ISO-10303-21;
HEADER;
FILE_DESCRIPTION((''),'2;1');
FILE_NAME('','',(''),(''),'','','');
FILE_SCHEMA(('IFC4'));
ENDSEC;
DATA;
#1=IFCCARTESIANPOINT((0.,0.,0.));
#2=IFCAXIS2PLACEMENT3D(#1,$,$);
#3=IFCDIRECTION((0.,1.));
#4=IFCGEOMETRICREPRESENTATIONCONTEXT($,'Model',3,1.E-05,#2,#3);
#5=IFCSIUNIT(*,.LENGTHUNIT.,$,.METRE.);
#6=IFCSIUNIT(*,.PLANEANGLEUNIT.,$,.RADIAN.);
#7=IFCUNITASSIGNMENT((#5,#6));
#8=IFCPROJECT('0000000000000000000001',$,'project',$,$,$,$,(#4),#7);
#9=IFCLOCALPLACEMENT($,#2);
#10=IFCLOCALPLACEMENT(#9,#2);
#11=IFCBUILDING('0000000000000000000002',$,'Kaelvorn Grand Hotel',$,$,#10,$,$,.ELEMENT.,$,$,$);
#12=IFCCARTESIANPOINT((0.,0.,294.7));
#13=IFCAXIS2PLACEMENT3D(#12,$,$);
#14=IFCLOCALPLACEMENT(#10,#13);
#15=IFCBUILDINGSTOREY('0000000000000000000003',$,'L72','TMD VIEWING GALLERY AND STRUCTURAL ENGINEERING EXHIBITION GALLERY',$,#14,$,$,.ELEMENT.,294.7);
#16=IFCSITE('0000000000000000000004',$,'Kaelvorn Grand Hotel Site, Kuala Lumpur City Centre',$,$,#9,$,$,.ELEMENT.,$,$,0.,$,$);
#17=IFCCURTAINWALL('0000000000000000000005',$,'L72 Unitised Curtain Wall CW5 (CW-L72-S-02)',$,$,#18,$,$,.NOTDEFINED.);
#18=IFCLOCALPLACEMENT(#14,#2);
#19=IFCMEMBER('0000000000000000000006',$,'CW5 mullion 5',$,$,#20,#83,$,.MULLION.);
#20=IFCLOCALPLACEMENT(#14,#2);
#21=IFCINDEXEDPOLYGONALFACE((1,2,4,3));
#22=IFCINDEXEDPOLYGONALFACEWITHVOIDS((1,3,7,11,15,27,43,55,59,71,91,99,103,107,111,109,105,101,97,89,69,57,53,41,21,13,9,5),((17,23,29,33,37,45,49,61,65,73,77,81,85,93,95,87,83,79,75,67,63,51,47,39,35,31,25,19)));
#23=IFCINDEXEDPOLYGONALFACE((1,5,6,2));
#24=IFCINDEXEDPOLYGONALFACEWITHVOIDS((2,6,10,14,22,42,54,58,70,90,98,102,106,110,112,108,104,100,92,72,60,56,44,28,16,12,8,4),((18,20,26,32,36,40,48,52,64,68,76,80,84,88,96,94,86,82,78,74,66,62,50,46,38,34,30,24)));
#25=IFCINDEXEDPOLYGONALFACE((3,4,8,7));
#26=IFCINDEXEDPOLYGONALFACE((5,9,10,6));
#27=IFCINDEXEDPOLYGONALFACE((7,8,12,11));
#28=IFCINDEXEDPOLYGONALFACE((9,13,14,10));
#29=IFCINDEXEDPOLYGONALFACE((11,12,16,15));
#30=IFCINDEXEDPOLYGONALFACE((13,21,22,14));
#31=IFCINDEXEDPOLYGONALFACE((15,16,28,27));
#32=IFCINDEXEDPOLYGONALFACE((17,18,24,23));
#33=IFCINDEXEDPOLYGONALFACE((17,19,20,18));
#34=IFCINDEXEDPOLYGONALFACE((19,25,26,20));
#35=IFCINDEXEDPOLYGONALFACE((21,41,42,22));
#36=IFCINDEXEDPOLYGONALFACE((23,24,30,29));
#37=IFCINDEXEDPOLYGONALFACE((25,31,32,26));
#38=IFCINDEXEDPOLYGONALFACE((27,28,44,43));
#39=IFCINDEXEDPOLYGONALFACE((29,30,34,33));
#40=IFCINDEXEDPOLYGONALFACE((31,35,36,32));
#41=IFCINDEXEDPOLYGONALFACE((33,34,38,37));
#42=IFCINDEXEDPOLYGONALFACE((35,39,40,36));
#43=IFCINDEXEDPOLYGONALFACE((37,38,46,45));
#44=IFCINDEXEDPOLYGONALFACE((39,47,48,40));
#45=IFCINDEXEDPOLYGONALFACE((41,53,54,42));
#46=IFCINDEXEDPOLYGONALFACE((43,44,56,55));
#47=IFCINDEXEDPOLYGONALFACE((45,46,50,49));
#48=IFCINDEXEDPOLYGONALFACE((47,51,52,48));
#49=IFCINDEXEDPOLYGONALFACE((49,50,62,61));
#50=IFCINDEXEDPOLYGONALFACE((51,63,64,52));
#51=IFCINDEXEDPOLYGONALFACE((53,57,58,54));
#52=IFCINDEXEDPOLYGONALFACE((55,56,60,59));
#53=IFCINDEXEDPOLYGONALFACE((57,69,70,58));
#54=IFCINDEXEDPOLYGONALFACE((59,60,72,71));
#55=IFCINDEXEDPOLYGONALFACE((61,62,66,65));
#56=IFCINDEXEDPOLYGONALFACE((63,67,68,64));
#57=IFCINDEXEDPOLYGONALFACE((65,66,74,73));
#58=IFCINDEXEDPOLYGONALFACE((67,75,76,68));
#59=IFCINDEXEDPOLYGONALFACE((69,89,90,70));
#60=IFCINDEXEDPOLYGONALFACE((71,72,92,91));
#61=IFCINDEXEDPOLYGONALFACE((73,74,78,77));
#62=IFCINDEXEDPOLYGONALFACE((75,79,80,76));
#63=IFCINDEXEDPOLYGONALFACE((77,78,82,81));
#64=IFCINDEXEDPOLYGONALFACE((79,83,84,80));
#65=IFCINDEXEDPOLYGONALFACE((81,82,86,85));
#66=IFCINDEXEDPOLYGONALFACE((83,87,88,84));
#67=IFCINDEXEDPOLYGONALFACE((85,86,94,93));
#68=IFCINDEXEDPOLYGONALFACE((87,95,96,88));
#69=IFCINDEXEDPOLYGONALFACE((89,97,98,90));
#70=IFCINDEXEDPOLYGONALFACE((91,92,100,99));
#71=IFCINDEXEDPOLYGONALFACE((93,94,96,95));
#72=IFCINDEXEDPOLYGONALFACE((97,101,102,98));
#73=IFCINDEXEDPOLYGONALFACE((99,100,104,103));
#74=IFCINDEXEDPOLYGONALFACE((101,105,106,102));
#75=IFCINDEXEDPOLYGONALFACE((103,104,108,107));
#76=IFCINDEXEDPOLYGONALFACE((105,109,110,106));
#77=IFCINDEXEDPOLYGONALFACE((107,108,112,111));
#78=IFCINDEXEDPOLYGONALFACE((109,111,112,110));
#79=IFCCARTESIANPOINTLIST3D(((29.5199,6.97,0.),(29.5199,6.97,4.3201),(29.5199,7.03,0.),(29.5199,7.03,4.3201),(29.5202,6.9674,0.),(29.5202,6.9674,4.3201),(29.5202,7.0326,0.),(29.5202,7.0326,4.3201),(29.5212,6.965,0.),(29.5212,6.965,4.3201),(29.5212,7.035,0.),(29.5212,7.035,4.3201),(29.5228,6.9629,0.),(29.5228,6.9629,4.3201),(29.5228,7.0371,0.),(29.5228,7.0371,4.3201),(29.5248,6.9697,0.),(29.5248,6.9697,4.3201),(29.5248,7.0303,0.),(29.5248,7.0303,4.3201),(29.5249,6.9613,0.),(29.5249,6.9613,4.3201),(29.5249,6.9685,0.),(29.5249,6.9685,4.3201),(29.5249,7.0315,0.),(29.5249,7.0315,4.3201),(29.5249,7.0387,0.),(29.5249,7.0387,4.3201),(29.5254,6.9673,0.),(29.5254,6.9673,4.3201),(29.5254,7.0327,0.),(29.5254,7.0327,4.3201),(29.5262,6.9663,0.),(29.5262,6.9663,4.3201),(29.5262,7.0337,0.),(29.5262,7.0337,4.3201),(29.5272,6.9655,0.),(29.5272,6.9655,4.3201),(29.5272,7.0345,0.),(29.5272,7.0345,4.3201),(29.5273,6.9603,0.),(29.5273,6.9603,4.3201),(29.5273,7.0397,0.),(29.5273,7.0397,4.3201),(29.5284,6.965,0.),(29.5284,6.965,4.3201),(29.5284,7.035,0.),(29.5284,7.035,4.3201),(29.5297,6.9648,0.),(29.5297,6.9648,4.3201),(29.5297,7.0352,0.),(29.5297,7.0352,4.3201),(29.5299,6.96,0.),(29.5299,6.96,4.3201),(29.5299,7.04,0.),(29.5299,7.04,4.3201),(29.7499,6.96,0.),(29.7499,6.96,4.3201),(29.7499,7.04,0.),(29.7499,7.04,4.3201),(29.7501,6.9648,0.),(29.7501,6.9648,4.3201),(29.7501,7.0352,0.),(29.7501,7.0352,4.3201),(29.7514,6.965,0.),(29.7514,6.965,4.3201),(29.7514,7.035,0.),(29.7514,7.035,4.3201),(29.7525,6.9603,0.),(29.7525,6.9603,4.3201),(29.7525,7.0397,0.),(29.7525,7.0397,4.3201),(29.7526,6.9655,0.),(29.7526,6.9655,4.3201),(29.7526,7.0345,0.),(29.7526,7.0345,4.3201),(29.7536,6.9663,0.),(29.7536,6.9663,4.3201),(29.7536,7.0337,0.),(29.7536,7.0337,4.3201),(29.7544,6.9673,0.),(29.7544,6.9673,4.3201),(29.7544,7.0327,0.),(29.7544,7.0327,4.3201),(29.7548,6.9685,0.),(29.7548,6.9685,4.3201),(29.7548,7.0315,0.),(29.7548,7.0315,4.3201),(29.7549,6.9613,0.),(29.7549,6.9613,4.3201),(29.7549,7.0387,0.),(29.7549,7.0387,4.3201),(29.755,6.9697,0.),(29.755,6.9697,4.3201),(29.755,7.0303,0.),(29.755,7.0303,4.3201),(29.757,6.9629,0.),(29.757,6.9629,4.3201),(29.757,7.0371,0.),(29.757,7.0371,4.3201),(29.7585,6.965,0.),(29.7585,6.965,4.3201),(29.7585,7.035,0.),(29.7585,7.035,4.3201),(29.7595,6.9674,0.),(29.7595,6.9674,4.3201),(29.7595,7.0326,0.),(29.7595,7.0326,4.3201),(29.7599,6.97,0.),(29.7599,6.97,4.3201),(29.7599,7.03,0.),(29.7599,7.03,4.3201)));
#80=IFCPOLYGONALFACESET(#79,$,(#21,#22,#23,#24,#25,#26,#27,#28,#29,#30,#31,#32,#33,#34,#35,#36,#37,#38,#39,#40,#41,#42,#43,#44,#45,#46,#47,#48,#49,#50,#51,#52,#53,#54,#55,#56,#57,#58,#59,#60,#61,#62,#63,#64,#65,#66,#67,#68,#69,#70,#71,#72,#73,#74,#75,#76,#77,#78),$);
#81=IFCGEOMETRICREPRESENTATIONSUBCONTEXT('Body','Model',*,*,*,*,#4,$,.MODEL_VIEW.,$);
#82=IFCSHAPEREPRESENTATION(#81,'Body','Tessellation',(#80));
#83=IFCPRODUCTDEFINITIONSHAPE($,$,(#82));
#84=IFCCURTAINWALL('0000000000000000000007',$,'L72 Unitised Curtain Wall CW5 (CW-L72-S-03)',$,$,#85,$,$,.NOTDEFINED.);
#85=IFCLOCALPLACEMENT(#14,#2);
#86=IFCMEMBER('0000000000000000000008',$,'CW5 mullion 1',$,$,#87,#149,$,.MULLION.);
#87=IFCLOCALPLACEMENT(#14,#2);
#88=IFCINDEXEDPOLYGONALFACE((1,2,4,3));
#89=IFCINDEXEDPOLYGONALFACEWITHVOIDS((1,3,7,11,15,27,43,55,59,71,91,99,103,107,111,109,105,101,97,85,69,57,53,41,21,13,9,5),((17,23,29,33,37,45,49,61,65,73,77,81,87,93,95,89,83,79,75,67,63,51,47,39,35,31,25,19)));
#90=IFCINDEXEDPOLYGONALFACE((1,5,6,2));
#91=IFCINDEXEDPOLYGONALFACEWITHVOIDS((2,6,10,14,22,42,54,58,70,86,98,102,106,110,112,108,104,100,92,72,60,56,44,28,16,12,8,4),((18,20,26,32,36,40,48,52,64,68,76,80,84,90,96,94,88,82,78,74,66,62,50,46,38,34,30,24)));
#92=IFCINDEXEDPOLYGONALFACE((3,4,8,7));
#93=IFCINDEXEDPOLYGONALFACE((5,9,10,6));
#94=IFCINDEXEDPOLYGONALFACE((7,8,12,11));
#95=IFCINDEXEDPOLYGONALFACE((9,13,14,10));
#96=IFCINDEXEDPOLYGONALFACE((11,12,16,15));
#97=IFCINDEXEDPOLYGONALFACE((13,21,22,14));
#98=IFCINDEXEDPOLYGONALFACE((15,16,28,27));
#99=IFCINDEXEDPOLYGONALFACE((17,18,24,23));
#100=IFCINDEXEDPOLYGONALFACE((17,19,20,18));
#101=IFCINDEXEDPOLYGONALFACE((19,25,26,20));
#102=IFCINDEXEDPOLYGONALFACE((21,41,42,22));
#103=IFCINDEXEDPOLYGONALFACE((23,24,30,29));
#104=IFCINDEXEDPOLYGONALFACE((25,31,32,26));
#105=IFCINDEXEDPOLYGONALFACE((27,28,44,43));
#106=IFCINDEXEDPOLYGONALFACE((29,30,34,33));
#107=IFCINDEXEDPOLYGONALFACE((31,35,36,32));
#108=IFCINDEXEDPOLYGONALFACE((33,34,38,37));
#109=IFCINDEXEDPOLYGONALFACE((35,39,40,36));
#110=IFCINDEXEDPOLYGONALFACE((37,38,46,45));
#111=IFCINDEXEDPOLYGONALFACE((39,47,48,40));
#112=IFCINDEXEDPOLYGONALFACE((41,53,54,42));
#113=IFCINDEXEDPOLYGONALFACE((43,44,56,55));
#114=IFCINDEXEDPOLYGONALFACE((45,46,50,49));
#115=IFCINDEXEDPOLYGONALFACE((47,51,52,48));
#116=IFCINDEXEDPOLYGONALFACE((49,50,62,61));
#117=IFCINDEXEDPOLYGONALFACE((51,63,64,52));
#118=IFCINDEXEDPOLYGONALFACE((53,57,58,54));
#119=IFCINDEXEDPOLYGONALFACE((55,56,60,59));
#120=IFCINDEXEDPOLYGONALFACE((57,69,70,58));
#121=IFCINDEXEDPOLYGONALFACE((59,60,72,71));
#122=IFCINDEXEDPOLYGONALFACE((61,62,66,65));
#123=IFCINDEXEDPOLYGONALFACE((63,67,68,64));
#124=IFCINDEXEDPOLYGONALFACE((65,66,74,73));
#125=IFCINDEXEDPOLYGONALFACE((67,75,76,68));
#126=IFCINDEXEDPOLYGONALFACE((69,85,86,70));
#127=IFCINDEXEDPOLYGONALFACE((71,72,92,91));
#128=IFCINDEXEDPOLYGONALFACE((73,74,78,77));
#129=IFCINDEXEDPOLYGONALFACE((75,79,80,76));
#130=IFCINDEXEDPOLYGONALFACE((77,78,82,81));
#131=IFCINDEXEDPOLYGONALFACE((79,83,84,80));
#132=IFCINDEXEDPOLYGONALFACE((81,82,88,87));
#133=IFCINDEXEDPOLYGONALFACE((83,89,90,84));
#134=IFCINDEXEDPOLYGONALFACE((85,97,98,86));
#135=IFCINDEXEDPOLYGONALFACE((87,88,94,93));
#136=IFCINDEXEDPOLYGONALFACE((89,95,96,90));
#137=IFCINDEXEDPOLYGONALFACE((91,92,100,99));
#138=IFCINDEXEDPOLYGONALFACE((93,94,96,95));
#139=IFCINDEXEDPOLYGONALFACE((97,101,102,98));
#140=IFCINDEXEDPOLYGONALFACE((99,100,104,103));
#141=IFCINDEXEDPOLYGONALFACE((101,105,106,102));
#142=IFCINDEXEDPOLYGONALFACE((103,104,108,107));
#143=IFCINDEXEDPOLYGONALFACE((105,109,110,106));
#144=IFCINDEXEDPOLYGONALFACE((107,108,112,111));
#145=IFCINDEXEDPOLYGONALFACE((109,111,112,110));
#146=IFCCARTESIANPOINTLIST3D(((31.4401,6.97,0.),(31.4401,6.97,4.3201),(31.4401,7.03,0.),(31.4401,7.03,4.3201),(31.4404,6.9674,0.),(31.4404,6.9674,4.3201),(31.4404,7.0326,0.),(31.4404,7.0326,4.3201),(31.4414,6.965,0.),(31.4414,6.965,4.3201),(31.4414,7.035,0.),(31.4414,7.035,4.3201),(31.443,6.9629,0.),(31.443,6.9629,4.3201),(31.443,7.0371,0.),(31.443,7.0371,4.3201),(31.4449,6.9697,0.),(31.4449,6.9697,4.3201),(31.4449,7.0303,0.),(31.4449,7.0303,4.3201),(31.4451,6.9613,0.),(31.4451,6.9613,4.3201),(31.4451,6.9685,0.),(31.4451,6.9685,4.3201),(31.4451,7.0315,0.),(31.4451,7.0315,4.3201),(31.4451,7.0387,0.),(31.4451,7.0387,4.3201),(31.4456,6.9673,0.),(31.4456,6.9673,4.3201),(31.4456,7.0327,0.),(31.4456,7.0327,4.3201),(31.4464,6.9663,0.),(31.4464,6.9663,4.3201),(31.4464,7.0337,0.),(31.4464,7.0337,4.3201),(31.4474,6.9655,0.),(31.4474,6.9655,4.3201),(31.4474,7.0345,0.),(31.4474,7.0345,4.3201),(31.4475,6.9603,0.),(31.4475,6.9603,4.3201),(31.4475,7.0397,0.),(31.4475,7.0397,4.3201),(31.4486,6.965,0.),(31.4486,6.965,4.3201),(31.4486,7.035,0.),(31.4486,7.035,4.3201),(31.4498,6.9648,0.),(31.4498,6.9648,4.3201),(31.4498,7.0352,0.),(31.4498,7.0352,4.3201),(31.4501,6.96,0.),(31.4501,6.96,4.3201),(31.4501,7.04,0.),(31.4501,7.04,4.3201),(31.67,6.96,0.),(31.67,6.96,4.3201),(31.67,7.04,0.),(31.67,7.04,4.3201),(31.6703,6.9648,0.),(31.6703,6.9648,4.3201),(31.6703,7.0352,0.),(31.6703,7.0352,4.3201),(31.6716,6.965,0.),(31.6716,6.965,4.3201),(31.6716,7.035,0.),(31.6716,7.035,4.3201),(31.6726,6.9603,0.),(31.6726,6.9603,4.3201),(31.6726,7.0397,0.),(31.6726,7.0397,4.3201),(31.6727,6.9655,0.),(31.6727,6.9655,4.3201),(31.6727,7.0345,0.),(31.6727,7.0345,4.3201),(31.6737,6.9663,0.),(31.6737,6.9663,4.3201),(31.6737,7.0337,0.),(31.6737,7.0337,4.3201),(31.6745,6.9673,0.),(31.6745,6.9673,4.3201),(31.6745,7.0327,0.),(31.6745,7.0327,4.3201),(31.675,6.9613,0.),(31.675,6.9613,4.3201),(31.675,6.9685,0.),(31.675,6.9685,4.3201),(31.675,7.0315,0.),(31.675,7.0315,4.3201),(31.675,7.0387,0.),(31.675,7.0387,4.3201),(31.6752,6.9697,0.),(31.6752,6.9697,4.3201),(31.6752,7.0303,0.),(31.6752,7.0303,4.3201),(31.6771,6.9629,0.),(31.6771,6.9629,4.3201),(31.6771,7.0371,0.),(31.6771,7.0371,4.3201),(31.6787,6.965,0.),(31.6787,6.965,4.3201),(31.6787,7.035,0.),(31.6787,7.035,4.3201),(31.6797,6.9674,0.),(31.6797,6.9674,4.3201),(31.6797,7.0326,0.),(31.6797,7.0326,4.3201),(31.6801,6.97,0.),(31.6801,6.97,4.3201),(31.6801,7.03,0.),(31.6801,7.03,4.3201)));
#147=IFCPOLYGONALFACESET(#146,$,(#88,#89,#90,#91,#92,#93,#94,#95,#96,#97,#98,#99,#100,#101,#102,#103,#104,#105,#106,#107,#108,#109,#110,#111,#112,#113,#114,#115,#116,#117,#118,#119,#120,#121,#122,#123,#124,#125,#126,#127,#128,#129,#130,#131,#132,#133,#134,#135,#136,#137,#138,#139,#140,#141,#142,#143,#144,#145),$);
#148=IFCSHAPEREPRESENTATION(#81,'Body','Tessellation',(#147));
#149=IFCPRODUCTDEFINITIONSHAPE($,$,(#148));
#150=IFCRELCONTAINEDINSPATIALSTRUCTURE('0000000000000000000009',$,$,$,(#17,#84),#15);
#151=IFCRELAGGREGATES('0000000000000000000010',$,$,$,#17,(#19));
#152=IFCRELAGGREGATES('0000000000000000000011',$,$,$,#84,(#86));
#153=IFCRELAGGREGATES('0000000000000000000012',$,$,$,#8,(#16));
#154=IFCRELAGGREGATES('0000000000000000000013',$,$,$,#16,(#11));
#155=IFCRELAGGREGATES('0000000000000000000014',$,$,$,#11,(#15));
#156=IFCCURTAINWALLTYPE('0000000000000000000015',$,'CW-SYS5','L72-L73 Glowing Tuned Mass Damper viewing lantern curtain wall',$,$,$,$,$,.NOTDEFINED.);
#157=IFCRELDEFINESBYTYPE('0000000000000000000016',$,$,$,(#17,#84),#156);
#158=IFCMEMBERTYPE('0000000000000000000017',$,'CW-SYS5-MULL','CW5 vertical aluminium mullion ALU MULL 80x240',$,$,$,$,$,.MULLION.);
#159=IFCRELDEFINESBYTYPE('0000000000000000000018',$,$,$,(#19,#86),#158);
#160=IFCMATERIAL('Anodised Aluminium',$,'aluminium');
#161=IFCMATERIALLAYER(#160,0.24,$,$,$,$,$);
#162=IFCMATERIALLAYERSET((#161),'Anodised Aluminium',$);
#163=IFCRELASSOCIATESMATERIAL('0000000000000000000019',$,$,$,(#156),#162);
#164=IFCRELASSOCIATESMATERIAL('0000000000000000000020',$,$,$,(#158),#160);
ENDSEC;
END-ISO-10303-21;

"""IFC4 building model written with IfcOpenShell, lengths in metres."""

from ifc_helpers import new_model, si_unit, direction, frame, origin, origin_2d, place, context, subcontext, project, spatial, hollow_rectangle, extrude, material, layer, layer_set, material_profile, profile_set, type_object, element, aggregate, save


model = new_model("IFC4")

# Units and contexts
model_context = context("Model", 3, precision=1e-05, world=origin(), true_north=direction((0.0, 1.0)))
body_context = subcontext(model_context, "Body", "Model", "MODEL_VIEW")
ifc_project = project(units=[si_unit("LENGTHUNIT", "METRE"), si_unit("PLANEANGLEUNIT", "RADIAN")], contexts=[model_context])

# Site, building, storey
site_placement = place(None, origin())
site = spatial("IfcSite", under=ifc_project, at=site_placement, Name="Kaelvorn Grand Hotel Site, Kuala Lumpur City Centre", CompositionType="ELEMENT", RefElevation=0.0)
building_placement = place(site_placement, origin())
building = spatial("IfcBuilding", under=site, at=building_placement, Name="Kaelvorn Grand Hotel", CompositionType="ELEMENT")
storey_placement = place(building_placement, frame((0.0, 0.0, 294.7)))
storey = spatial("IfcBuildingStorey", under=building, at=storey_placement, Name="L72", Description="TMD VIEWING GALLERY AND STRUCTURAL ENGINEERING EXHIBITION GALLERY", CompositionType="ELEMENT", Elevation=294.7)

# Curtain wall, member
ifc_material_1 = material(Name="Anodised Aluminium", Category="aluminium")
ifc_layer_1 = layer(ifc_material_1, 0.24)
ifc_layer_set_1 = layer_set([ifc_layer_1], Name="Anodised Aluminium")
curtain_wall_type = type_object("IfcCurtainWallType", Name="CW-SYS5", Description="L72-L73 Glowing Tuned Mass Damper viewing lantern curtain wall", PredefinedType="NOTDEFINED", material=ifc_layer_set_1)
curtain_wall_1_placement = place(storey_placement, origin())
curtain_wall_1 = element("IfcCurtainWall", 1, at=curtain_wall_1_placement, inside=storey, type_object=curtain_wall_type, Name="L72 Unitised Curtain Wall CW5 (CW-L72-S-02)", PredefinedType="NOTDEFINED")
ifc_material_profile_1 = material_profile(ifc_material_1, hollow_rectangle(XDim=0.0801, YDim=0.24, WallThickness=0.0049, InnerFilletRadius=0.0049, OuterFilletRadius=0.01, at=origin_2d()), Name="ALU MULL 80x240")
ifc_profile_set_1 = profile_set([ifc_material_profile_1], Name="Anodised Aluminium")
member_type_1 = type_object("IfcMemberType", Name="CW-SYS5-MULL", Description="CW5 vertical aluminium mullion ALU MULL 80x240", PredefinedType="MULLION", material=ifc_profile_set_1)
member_1_placement = place(storey_placement, frame((29.6399, 7.0, 0.0), z_axis=(0.0, 0.0, 1.0), x_axis=(0.0, 1.0, 0.0)))
member_1 = element("IfcMember", 2, at=member_1_placement, type_object=member_type_1, Name="CW5 mullion 5", PredefinedType="MULLION", context=body_context, shape_type="SweptSolid", body=[
    extrude(hollow_rectangle(XDim=0.0801, YDim=0.24, WallThickness=0.0049, InnerFilletRadius=0.0049, OuterFilletRadius=0.01, at=origin_2d()), origin(), (0.0, 0.0, 1.0), 4.3201),
])

# Curtain wall, member
curtain_wall_2_placement = place(storey_placement, origin())
curtain_wall_2 = element("IfcCurtainWall", 3, at=curtain_wall_2_placement, inside=storey, type_object=curtain_wall_type, Name="L72 Unitised Curtain Wall CW5 (CW-L72-S-03)", PredefinedType="NOTDEFINED")
member_2_placement = place(storey_placement, frame((31.5601, 7.0, 0.0), z_axis=(0.0, 0.0, 1.0), x_axis=(0.0, 1.0, 0.0)))
member_2 = element("IfcMember", 4, at=member_2_placement, type_object=member_type_1, Name="CW5 mullion 1", PredefinedType="MULLION", context=body_context, shape_type="SweptSolid", body=[
    extrude(hollow_rectangle(XDim=0.0801, YDim=0.24, WallThickness=0.0049, InnerFilletRadius=0.0049, OuterFilletRadius=0.01, at=origin_2d()), origin(), (0.0, 0.0, 1.0), 4.3201),
])

aggregate(curtain_wall_1, [member_1])
aggregate(curtain_wall_2, [member_2])

save(model, "model.ifc")
